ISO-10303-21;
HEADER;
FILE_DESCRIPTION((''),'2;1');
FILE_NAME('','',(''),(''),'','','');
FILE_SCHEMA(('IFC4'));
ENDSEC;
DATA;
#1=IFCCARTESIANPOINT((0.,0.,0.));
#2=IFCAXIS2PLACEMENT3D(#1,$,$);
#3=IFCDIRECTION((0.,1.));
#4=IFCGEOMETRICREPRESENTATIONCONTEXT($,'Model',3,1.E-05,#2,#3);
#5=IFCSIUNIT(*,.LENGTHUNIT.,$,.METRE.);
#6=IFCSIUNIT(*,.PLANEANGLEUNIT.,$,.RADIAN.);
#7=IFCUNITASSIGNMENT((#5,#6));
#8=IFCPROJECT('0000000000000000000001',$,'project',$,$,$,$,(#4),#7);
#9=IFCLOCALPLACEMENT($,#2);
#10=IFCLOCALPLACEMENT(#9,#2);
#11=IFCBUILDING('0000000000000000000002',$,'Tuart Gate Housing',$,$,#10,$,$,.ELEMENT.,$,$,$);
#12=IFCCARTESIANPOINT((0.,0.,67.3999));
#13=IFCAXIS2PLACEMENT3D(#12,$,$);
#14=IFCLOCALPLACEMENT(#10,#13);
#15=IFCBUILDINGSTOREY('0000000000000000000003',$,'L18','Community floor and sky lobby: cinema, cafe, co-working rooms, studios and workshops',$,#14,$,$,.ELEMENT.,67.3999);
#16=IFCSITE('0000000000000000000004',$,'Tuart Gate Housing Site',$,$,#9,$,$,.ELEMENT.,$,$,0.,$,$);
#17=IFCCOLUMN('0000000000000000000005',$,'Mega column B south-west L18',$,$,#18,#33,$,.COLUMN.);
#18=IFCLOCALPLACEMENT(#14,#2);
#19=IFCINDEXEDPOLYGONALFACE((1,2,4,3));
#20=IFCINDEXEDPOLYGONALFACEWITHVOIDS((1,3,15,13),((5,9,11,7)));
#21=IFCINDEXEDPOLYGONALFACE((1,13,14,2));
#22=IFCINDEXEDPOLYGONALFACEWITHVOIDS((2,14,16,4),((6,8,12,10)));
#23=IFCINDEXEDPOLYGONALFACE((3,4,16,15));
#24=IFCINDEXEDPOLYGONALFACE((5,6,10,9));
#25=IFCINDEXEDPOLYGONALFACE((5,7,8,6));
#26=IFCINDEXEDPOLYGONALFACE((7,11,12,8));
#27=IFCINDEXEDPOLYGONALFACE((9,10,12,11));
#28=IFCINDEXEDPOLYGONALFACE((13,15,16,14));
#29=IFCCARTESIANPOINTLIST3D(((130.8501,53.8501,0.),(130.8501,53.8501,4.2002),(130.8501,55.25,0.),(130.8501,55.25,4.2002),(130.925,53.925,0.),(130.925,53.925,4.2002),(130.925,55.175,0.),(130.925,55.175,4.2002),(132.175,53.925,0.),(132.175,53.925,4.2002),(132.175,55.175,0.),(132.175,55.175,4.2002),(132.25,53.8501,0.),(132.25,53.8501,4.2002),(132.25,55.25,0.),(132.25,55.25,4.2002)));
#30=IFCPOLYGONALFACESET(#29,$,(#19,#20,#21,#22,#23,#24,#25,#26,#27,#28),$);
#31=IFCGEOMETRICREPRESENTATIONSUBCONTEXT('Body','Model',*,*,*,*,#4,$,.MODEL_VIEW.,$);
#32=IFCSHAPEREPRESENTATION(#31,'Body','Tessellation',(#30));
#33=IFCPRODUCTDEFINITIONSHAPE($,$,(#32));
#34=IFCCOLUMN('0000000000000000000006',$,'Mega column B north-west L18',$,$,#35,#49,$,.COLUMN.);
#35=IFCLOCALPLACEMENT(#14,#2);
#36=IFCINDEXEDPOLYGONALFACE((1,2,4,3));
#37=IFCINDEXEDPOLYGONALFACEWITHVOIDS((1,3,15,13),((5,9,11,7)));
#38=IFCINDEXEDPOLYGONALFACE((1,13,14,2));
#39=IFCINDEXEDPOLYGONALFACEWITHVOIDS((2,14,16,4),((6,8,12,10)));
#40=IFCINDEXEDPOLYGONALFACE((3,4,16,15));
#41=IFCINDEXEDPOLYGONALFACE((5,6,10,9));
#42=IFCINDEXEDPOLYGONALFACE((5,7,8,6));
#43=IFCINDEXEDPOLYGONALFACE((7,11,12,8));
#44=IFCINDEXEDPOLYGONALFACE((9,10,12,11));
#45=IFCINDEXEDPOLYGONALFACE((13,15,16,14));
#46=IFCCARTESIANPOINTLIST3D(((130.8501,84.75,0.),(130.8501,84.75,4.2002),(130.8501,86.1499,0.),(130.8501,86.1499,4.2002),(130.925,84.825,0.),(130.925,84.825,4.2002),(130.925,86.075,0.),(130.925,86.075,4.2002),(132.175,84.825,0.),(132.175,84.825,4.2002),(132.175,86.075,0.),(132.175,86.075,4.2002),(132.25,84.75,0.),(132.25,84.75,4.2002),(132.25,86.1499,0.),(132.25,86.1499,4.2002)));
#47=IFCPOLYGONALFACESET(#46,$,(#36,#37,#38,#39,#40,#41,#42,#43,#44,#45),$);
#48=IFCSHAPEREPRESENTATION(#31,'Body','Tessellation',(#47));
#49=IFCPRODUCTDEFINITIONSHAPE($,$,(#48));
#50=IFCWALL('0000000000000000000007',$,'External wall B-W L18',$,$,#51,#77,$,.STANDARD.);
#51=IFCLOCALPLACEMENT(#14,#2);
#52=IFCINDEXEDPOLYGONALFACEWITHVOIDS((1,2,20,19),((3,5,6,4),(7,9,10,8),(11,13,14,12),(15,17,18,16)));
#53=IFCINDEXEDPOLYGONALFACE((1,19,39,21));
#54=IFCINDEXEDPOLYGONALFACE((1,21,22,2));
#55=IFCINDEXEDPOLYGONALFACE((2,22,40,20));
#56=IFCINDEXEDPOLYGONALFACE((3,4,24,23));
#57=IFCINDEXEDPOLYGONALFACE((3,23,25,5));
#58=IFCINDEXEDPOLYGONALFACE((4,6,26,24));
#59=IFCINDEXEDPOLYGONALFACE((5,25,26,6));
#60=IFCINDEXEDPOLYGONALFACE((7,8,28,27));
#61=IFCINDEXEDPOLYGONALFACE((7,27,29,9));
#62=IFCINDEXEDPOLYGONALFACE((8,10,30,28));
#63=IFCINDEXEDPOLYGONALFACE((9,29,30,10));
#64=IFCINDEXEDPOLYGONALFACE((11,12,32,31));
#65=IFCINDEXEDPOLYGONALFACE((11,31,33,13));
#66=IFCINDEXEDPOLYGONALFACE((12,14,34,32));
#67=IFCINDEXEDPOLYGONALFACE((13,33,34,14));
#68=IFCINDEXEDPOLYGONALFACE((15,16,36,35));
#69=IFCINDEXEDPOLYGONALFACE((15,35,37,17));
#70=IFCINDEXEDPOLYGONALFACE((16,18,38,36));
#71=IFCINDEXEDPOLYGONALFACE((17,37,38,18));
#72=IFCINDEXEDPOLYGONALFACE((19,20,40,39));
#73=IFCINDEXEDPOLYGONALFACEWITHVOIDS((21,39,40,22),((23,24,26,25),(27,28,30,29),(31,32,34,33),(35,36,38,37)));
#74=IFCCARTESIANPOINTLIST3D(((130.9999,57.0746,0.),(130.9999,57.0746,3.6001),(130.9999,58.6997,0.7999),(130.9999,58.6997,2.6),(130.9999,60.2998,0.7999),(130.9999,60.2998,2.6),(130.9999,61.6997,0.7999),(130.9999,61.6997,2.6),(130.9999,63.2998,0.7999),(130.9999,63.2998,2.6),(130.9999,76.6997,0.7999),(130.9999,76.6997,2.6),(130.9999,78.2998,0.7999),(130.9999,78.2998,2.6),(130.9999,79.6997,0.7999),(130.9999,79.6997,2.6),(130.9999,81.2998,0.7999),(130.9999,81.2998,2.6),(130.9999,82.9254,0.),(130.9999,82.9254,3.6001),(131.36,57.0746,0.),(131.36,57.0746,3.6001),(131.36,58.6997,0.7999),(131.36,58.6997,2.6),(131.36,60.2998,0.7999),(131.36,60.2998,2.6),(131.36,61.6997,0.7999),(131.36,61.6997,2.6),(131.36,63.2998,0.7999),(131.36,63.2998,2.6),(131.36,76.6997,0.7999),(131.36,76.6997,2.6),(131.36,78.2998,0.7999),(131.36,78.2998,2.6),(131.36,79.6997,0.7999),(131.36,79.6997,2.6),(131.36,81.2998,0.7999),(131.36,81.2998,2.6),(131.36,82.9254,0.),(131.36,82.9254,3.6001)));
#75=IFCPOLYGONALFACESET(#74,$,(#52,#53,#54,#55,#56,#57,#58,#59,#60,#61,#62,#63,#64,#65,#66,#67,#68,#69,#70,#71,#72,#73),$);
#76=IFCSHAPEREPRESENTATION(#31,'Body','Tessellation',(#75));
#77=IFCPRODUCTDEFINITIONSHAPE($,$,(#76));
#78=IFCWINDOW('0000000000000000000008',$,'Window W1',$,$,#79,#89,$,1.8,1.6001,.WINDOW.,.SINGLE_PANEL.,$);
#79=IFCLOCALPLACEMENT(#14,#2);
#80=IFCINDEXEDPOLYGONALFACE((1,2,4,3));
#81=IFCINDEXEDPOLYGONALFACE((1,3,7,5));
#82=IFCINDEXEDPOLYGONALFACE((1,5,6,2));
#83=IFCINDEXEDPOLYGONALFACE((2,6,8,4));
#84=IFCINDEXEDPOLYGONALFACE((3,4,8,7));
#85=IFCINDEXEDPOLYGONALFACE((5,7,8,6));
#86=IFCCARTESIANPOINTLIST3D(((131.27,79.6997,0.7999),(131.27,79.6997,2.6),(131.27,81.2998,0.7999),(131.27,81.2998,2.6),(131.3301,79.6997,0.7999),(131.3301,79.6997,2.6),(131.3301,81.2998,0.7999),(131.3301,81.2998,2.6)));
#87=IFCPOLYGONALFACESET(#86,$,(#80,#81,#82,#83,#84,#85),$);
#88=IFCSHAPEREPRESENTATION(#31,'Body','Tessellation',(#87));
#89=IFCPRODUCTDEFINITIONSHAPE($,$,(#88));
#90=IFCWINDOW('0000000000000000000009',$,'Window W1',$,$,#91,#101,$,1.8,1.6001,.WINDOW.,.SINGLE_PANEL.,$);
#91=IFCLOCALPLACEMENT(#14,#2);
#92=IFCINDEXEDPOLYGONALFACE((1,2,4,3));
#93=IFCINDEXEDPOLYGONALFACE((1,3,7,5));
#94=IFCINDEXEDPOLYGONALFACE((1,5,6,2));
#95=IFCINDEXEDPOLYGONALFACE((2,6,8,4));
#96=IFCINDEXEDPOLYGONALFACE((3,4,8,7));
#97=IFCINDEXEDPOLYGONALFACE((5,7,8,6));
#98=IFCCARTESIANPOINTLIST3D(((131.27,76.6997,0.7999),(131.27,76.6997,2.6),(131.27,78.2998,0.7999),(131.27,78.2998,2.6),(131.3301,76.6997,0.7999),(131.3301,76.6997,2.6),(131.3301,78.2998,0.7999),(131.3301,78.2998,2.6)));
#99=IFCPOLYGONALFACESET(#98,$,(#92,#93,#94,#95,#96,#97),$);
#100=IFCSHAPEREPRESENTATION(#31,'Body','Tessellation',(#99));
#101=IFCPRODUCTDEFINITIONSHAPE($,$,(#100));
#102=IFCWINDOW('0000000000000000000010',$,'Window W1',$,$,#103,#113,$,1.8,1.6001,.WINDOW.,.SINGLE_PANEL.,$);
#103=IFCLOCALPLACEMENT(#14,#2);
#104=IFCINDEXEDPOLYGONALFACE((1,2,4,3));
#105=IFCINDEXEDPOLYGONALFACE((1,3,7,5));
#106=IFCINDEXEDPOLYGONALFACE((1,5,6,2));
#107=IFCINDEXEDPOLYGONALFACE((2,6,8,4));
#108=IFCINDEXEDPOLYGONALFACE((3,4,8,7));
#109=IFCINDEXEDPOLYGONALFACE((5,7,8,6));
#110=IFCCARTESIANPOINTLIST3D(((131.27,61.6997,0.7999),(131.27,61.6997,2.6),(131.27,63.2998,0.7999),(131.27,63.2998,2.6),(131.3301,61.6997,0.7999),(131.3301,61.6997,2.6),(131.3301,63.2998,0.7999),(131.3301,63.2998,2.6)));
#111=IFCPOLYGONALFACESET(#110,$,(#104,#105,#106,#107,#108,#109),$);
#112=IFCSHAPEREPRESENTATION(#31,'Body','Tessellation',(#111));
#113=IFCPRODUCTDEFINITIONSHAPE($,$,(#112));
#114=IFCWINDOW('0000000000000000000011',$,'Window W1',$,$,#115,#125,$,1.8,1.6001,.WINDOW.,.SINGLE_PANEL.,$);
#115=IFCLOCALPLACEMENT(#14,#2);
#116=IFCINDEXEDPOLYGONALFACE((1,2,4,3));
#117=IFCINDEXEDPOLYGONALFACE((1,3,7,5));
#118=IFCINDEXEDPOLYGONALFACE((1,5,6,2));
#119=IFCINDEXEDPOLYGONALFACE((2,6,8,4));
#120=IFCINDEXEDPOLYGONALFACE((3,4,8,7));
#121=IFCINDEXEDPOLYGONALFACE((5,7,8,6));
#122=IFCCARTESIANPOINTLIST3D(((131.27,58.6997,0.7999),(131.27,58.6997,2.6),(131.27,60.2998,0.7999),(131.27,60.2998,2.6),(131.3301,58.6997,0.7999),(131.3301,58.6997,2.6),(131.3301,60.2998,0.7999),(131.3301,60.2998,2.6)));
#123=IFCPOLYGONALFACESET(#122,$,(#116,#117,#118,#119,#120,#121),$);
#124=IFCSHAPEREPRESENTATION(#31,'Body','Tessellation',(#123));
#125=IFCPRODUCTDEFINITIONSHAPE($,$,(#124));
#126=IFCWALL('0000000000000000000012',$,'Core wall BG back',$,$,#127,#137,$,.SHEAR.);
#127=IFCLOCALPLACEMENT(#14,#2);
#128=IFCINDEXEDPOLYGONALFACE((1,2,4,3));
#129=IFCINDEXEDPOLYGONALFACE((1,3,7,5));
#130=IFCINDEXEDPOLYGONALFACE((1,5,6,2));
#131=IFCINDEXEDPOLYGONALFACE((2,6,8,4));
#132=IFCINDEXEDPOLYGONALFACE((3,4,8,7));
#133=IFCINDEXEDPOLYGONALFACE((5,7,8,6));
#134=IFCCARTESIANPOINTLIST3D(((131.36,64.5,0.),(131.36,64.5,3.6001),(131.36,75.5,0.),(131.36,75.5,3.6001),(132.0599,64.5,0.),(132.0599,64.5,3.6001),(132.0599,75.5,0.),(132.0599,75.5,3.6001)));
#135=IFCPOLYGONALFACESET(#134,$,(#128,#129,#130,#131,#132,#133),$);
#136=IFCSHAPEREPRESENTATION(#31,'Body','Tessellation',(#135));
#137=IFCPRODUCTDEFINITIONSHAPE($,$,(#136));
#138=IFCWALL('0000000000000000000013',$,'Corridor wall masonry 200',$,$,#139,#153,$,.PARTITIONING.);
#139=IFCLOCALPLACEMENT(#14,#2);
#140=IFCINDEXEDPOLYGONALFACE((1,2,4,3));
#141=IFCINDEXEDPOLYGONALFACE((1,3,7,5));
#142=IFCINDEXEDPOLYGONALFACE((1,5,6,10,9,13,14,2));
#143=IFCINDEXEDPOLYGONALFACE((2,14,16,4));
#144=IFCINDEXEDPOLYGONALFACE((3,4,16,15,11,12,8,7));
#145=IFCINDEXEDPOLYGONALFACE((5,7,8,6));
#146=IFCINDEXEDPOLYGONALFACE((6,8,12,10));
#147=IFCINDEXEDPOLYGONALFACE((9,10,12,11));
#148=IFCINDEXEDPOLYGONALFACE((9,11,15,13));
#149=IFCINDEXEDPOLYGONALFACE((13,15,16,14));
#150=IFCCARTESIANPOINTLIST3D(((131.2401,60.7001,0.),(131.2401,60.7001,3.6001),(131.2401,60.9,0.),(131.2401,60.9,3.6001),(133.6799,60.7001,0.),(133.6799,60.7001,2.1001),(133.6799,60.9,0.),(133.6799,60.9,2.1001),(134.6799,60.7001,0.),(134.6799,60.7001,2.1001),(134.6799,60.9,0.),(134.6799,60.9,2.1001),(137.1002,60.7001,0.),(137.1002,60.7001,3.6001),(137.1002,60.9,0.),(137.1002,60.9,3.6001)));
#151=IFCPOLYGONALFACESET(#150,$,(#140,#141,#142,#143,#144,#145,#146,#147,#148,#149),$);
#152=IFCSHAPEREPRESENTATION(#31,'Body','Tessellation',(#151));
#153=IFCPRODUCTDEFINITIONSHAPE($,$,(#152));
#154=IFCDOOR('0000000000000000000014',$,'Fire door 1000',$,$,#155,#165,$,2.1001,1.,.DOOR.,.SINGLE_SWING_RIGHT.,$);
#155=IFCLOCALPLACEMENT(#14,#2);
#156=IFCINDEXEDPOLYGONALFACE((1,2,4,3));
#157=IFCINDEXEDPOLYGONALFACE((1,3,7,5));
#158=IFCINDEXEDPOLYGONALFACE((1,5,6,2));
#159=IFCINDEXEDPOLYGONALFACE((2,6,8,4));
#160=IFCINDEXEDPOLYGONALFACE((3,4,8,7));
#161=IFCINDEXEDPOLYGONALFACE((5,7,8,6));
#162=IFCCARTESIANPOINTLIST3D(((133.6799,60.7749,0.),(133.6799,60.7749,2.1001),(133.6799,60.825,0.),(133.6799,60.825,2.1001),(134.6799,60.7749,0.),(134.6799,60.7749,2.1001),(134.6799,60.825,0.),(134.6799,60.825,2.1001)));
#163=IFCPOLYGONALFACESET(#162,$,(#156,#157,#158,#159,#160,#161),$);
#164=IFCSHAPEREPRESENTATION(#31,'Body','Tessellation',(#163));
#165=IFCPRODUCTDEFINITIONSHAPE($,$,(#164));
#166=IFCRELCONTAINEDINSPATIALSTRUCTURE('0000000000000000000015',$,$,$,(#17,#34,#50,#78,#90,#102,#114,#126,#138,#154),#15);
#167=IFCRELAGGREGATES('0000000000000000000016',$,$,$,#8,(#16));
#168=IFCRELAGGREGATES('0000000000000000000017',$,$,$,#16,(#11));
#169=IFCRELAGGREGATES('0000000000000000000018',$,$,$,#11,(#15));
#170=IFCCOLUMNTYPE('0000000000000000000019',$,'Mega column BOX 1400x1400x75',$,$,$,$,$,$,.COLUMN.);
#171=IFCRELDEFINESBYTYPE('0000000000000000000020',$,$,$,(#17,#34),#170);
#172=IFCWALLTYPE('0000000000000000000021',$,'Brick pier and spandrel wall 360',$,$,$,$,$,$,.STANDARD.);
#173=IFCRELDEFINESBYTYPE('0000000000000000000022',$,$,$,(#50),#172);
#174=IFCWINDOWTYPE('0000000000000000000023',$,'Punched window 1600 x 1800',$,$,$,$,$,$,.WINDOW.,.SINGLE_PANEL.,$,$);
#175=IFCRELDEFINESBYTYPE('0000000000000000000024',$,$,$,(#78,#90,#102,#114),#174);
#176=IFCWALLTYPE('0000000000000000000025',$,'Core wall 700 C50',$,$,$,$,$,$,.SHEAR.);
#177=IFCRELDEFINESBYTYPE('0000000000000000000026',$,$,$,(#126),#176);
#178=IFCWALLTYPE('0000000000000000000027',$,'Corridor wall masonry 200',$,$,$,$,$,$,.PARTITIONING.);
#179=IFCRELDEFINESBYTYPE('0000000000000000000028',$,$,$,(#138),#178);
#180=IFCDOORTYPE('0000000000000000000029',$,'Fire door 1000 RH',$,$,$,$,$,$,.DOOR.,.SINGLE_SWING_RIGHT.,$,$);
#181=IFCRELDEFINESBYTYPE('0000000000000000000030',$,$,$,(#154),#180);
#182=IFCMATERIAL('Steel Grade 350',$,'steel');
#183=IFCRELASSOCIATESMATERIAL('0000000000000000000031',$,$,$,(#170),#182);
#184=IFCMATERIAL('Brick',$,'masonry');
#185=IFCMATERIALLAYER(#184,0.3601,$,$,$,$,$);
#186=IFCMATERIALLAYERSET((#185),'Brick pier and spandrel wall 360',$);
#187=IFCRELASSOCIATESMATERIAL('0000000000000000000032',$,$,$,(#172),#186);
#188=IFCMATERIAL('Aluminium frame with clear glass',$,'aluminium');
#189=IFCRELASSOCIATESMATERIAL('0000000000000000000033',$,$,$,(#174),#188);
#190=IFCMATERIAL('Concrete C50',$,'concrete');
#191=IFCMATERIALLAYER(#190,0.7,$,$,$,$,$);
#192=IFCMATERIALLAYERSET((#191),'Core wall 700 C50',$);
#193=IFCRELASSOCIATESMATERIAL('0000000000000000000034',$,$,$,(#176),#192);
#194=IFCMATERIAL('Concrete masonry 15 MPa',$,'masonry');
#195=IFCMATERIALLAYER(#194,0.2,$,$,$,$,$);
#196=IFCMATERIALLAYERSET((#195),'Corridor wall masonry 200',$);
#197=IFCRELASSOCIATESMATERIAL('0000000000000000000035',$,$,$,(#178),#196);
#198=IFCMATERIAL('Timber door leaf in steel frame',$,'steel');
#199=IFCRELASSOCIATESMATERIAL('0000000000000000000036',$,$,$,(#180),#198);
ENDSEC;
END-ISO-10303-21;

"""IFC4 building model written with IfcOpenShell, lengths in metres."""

from ifc_helpers import new_model, si_unit, direction, frame, frame_2d, origin, origin_2d, place, context, subcontext, project, spatial, rectangle, hollow_rectangle, extrude, material, layer, layer_set, material_profile, profile_set, type_object, element, fill, save


model = new_model("IFC4")

# Units and contexts
model_context = context("Model", 3, precision=1e-05, world=origin(), true_north=direction((0.0, 1.0)))
body_context = subcontext(model_context, "Body", "Model", "MODEL_VIEW")
ifc_project = project(units=[si_unit("LENGTHUNIT", "METRE"), si_unit("PLANEANGLEUNIT", "RADIAN")], contexts=[model_context])

# Site, building, storey
site_placement = place(None, origin())
site = spatial("IfcSite", under=ifc_project, at=site_placement, Name="Tuart Gate Housing Site", CompositionType="ELEMENT", RefElevation=0.0)
building_placement = place(site_placement, origin())
building = spatial("IfcBuilding", under=site, at=building_placement, Name="Tuart Gate Housing", CompositionType="ELEMENT")
storey_placement = place(building_placement, frame((0.0, 0.0, 67.3999)))
storey = spatial("IfcBuildingStorey", under=building, at=storey_placement, Name="L18", Description="Community floor and sky lobby: cinema, cafe, co-working rooms, studios and workshops", CompositionType="ELEMENT", Elevation=67.3999)

# Columns
ifc_material_1 = material(Name="Steel Grade 350", Category="steel")
ifc_material_profile = material_profile(ifc_material_1, hollow_rectangle(XDim=1.3999, YDim=1.3999, WallThickness=0.075, at=origin_2d()), Name="BOX 1400x1400x75")
ifc_profile_set = profile_set([ifc_material_profile], Name="Steel Grade 350")
column_type = type_object("IfcColumnType", Name="Mega column BOX 1400x1400x75", PredefinedType="COLUMN", material=ifc_profile_set)
for number, where, z_axis, x_axis, name in (
    (1, (131.55, 54.55, 0.0), (0.0, 0.0, 1.0), (1.0, 0.0, 0.0), "Mega column B south-west L18"),
    (2, (131.55, 85.45, 0.0), (0.0, 0.0, 1.0), (1.0, 0.0, 0.0), "Mega column B north-west L18"),
):
    element("IfcColumn", number, at=place(storey_placement, frame(where, z_axis=z_axis, x_axis=x_axis)), inside=storey, type_object=column_type, Name=name, PredefinedType="COLUMN", context=body_context, shape_type="SweptSolid", body=[
        extrude(hollow_rectangle(XDim=1.3999, YDim=1.3999, WallThickness=0.075, at=origin_2d()), origin(), (0.0, 0.0, 1.0), 4.2002),
    ])

# Wall, openings, windows
ifc_material_2 = material(Name="Brick", Category="masonry")
ifc_layer_1 = layer(ifc_material_2, 0.3601)
ifc_layer_set_1 = layer_set([ifc_layer_1], Name="Brick pier and spandrel wall 360")
wall_type_1 = type_object("IfcWallType", Name="Brick pier and spandrel wall 360", PredefinedType="STANDARD", material=ifc_layer_set_1)
wall_1_placement = place(storey_placement, frame((131.1799, 82.9253, 0.0), z_axis=(0.0, 0.0, 1.0), x_axis=(0.0, -1.0, 0.0)))
wall_1 = element("IfcWall", 3, at=wall_1_placement, inside=storey, type_object=wall_type_1, Name="External wall B-W L18", PredefinedType="STANDARD", context=body_context, shape_type="SweptSolid", body=[
    extrude(rectangle(XDim=25.8508, YDim=0.3601, at=frame_2d((12.9253, 0.0))), origin(), (0.0, 0.0, 1.0), 3.6001),
])
opening_1_placement = place(wall_1_placement, frame((1.6255, 0.0, 0.8)))
opening_1 = element("IfcOpeningElement", 4, at=opening_1_placement, cuts=wall_1, PredefinedType="OPENING", context=body_context, shape_type="SweptSolid", body=[
    extrude(rectangle(XDim=1.6001, YDim=1.8, at=frame_2d((0.8, 0.8999))), frame((0.0, 0.1899, 0.0), z_axis=(0.0, -1.0, 0.0), x_axis=(1.0, 0.0, 0.0)), (0.0, 0.0, 1.0), 0.3801),
])
opening_2_placement = place(wall_1_placement, frame((4.6255, 0.0, 0.8)))
opening_2 = element("IfcOpeningElement", 5, at=opening_2_placement, cuts=wall_1, PredefinedType="OPENING", context=body_context, shape_type="SweptSolid", body=[
    extrude(rectangle(XDim=1.6001, YDim=1.8, at=frame_2d((0.8, 0.8999))), frame((0.0, 0.1899, 0.0), z_axis=(0.0, -1.0, 0.0), x_axis=(1.0, 0.0, 0.0)), (0.0, 0.0, 1.0), 0.3801),
])
opening_3_placement = place(wall_1_placement, frame((19.6255, 0.0, 0.8)))
opening_3 = element("IfcOpeningElement", 6, at=opening_3_placement, cuts=wall_1, PredefinedType="OPENING", context=body_context, shape_type="SweptSolid", body=[
    extrude(rectangle(XDim=1.6001, YDim=1.8, at=frame_2d((0.8, 0.8999))), frame((0.0, 0.1899, 0.0), z_axis=(0.0, -1.0, 0.0), x_axis=(1.0, 0.0, 0.0)), (0.0, 0.0, 1.0), 0.3801),
])
opening_4_placement = place(wall_1_placement, frame((22.6255, 0.0, 0.8)))
opening_4 = element("IfcOpeningElement", 7, at=opening_4_placement, cuts=wall_1, PredefinedType="OPENING", context=body_context, shape_type="SweptSolid", body=[
    extrude(rectangle(XDim=1.6001, YDim=1.8, at=frame_2d((0.8, 0.8999))), frame((0.0, 0.1899, 0.0), z_axis=(0.0, -1.0, 0.0), x_axis=(1.0, 0.0, 0.0)), (0.0, 0.0, 1.0), 0.3801),
])
ifc_material_3 = material(Name="Aluminium frame with clear glass", Category="aluminium")
window_type = type_object("IfcWindowType", Name="Punched window 1600 x 1800", PartitioningType="SINGLE_PANEL", PredefinedType="WINDOW", material=ifc_material_3)
window_1_placement = place(opening_1_placement, origin())
window_1 = element("IfcWindow", 8, at=window_1_placement, inside=storey, type_object=window_type, Name="Window W1", OverallHeight=1.8, OverallWidth=1.6001, PartitioningType="SINGLE_PANEL", PredefinedType="WINDOW", context=body_context, shape_type="SweptSolid", body=[
    extrude(rectangle(XDim=1.6001, YDim=1.8, at=frame_2d((0.8, 0.8999))), frame((0.0, 0.1501, 0.0), z_axis=(0.0, -1.0, 0.0), x_axis=(1.0, 0.0, 0.0)), (0.0, 0.0, 1.0), 0.0601),
])
fill(opening_1, window_1)
window_2_placement = place(opening_2_placement, origin())
window_2 = element("IfcWindow", 9, at=window_2_placement, inside=storey, type_object=window_type, Name="Window W1", OverallHeight=1.8, OverallWidth=1.6001, PartitioningType="SINGLE_PANEL", PredefinedType="WINDOW", context=body_context, shape_type="SweptSolid", body=[
    extrude(rectangle(XDim=1.6001, YDim=1.8, at=frame_2d((0.8, 0.8999))), frame((0.0, 0.1501, 0.0), z_axis=(0.0, -1.0, 0.0), x_axis=(1.0, 0.0, 0.0)), (0.0, 0.0, 1.0), 0.0601),
])
fill(opening_2, window_2)
window_3_placement = place(opening_3_placement, origin())
window_3 = element("IfcWindow", 10, at=window_3_placement, inside=storey, type_object=window_type, Name="Window W1", OverallHeight=1.8, OverallWidth=1.6001, PartitioningType="SINGLE_PANEL", PredefinedType="WINDOW", context=body_context, shape_type="SweptSolid", body=[
    extrude(rectangle(XDim=1.6001, YDim=1.8, at=frame_2d((0.8, 0.8999))), frame((0.0, 0.1501, 0.0), z_axis=(0.0, -1.0, 0.0), x_axis=(1.0, 0.0, 0.0)), (0.0, 0.0, 1.0), 0.0601),
])
fill(opening_3, window_3)
window_4_placement = place(opening_4_placement, origin())
window_4 = element("IfcWindow", 11, at=window_4_placement, inside=storey, type_object=window_type, Name="Window W1", OverallHeight=1.8, OverallWidth=1.6001, PartitioningType="SINGLE_PANEL", PredefinedType="WINDOW", context=body_context, shape_type="SweptSolid", body=[
    extrude(rectangle(XDim=1.6001, YDim=1.8, at=frame_2d((0.8, 0.8999))), frame((0.0, 0.1501, 0.0), z_axis=(0.0, -1.0, 0.0), x_axis=(1.0, 0.0, 0.0)), (0.0, 0.0, 1.0), 0.0601),
])
fill(opening_4, window_4)

# Wall
ifc_material_4 = material(Name="Concrete C50", Category="concrete")
ifc_layer_2 = layer(ifc_material_4, 0.7)
ifc_layer_set_2 = layer_set([ifc_layer_2], Name="Core wall 700 C50")
wall_type_2 = type_object("IfcWallType", Name="Core wall 700 C50", PredefinedType="SHEAR", material=ifc_layer_set_2)
wall_2_placement = place(storey_placement, frame((131.71, 64.5, 0.0), z_axis=(0.0, 0.0, 1.0), x_axis=(0.0, 1.0, 0.0)))
element("IfcWall", 12, at=wall_2_placement, inside=storey, type_object=wall_type_2, Name="Core wall BG back", PredefinedType="SHEAR", context=body_context, shape_type="SweptSolid", body=[
    extrude(rectangle(XDim=11.0, YDim=0.7, at=frame_2d((5.5, 0.0))), origin(), (0.0, 0.0, 1.0), 3.6001),
])

# Wall, opening, door
ifc_material_5 = material(Name="Concrete masonry 15 MPa", Category="masonry")
ifc_layer_3 = layer(ifc_material_5, 0.2)
ifc_layer_set_3 = layer_set([ifc_layer_3], Name="Corridor wall masonry 200")
wall_type_3 = type_object("IfcWallType", Name="Corridor wall masonry 200", PredefinedType="PARTITIONING", material=ifc_layer_set_3)
wall_3_placement = place(storey_placement, frame((131.24, 60.8, 0.0), z_axis=(0.0, 0.0, 1.0), x_axis=(1.0, 0.0, 0.0)))
wall_3 = element("IfcWall", 13, at=wall_3_placement, inside=storey, type_object=wall_type_3, Name="Corridor wall masonry 200", PredefinedType="PARTITIONING", context=body_context, shape_type="SweptSolid", body=[
    extrude(rectangle(XDim=5.8601, YDim=0.2, at=frame_2d((2.9302, 0.0))), origin(), (0.0, 0.0, 1.0), 3.6001),
])
opening_5_placement = place(wall_3_placement, frame((2.4399, 0.0, 0.0)))
opening_5 = element("IfcOpeningElement", 14, at=opening_5_placement, cuts=wall_3, PredefinedType="OPENING", context=body_context, shape_type="SweptSolid", body=[
    extrude(rectangle(XDim=1.0, YDim=2.1001, at=frame_2d((0.5, 1.05))), frame((0.0, 0.1099, 0.0), z_axis=(0.0, -1.0, 0.0), x_axis=(1.0, 0.0, 0.0)), (0.0, 0.0, 1.0), 0.22),
])
ifc_material_6 = material(Name="Timber door leaf in steel frame", Category="steel")
door_type_1 = type_object("IfcDoorType", Name="Fire door 1000 RH", OperationType="SINGLE_SWING_RIGHT", PredefinedType="DOOR", material=ifc_material_6)
door_1_placement = place(opening_5_placement, frame((1.0, 0.0, 0.0), z_axis=(0.0, 0.0, 1.0), x_axis=(-1.0, 0.0, 0.0)))
door_1 = element("IfcDoor", 15, at=door_1_placement, inside=storey, type_object=door_type_1, Name="Fire door 1000", OperationType="SINGLE_SWING_RIGHT", OverallHeight=2.1001, OverallWidth=1.0, PredefinedType="DOOR", context=body_context, shape_type="SweptSolid", body=[
    extrude(rectangle(XDim=1.0, YDim=2.1001, at=frame_2d((0.5, 1.05))), frame((0.0, 0.0251, 0.0), z_axis=(0.0, -1.0, 0.0), x_axis=(1.0, 0.0, 0.0)), (0.0, 0.0, 1.0), 0.05),
])
fill(opening_5, door_1)

save(model, "model.ifc")
